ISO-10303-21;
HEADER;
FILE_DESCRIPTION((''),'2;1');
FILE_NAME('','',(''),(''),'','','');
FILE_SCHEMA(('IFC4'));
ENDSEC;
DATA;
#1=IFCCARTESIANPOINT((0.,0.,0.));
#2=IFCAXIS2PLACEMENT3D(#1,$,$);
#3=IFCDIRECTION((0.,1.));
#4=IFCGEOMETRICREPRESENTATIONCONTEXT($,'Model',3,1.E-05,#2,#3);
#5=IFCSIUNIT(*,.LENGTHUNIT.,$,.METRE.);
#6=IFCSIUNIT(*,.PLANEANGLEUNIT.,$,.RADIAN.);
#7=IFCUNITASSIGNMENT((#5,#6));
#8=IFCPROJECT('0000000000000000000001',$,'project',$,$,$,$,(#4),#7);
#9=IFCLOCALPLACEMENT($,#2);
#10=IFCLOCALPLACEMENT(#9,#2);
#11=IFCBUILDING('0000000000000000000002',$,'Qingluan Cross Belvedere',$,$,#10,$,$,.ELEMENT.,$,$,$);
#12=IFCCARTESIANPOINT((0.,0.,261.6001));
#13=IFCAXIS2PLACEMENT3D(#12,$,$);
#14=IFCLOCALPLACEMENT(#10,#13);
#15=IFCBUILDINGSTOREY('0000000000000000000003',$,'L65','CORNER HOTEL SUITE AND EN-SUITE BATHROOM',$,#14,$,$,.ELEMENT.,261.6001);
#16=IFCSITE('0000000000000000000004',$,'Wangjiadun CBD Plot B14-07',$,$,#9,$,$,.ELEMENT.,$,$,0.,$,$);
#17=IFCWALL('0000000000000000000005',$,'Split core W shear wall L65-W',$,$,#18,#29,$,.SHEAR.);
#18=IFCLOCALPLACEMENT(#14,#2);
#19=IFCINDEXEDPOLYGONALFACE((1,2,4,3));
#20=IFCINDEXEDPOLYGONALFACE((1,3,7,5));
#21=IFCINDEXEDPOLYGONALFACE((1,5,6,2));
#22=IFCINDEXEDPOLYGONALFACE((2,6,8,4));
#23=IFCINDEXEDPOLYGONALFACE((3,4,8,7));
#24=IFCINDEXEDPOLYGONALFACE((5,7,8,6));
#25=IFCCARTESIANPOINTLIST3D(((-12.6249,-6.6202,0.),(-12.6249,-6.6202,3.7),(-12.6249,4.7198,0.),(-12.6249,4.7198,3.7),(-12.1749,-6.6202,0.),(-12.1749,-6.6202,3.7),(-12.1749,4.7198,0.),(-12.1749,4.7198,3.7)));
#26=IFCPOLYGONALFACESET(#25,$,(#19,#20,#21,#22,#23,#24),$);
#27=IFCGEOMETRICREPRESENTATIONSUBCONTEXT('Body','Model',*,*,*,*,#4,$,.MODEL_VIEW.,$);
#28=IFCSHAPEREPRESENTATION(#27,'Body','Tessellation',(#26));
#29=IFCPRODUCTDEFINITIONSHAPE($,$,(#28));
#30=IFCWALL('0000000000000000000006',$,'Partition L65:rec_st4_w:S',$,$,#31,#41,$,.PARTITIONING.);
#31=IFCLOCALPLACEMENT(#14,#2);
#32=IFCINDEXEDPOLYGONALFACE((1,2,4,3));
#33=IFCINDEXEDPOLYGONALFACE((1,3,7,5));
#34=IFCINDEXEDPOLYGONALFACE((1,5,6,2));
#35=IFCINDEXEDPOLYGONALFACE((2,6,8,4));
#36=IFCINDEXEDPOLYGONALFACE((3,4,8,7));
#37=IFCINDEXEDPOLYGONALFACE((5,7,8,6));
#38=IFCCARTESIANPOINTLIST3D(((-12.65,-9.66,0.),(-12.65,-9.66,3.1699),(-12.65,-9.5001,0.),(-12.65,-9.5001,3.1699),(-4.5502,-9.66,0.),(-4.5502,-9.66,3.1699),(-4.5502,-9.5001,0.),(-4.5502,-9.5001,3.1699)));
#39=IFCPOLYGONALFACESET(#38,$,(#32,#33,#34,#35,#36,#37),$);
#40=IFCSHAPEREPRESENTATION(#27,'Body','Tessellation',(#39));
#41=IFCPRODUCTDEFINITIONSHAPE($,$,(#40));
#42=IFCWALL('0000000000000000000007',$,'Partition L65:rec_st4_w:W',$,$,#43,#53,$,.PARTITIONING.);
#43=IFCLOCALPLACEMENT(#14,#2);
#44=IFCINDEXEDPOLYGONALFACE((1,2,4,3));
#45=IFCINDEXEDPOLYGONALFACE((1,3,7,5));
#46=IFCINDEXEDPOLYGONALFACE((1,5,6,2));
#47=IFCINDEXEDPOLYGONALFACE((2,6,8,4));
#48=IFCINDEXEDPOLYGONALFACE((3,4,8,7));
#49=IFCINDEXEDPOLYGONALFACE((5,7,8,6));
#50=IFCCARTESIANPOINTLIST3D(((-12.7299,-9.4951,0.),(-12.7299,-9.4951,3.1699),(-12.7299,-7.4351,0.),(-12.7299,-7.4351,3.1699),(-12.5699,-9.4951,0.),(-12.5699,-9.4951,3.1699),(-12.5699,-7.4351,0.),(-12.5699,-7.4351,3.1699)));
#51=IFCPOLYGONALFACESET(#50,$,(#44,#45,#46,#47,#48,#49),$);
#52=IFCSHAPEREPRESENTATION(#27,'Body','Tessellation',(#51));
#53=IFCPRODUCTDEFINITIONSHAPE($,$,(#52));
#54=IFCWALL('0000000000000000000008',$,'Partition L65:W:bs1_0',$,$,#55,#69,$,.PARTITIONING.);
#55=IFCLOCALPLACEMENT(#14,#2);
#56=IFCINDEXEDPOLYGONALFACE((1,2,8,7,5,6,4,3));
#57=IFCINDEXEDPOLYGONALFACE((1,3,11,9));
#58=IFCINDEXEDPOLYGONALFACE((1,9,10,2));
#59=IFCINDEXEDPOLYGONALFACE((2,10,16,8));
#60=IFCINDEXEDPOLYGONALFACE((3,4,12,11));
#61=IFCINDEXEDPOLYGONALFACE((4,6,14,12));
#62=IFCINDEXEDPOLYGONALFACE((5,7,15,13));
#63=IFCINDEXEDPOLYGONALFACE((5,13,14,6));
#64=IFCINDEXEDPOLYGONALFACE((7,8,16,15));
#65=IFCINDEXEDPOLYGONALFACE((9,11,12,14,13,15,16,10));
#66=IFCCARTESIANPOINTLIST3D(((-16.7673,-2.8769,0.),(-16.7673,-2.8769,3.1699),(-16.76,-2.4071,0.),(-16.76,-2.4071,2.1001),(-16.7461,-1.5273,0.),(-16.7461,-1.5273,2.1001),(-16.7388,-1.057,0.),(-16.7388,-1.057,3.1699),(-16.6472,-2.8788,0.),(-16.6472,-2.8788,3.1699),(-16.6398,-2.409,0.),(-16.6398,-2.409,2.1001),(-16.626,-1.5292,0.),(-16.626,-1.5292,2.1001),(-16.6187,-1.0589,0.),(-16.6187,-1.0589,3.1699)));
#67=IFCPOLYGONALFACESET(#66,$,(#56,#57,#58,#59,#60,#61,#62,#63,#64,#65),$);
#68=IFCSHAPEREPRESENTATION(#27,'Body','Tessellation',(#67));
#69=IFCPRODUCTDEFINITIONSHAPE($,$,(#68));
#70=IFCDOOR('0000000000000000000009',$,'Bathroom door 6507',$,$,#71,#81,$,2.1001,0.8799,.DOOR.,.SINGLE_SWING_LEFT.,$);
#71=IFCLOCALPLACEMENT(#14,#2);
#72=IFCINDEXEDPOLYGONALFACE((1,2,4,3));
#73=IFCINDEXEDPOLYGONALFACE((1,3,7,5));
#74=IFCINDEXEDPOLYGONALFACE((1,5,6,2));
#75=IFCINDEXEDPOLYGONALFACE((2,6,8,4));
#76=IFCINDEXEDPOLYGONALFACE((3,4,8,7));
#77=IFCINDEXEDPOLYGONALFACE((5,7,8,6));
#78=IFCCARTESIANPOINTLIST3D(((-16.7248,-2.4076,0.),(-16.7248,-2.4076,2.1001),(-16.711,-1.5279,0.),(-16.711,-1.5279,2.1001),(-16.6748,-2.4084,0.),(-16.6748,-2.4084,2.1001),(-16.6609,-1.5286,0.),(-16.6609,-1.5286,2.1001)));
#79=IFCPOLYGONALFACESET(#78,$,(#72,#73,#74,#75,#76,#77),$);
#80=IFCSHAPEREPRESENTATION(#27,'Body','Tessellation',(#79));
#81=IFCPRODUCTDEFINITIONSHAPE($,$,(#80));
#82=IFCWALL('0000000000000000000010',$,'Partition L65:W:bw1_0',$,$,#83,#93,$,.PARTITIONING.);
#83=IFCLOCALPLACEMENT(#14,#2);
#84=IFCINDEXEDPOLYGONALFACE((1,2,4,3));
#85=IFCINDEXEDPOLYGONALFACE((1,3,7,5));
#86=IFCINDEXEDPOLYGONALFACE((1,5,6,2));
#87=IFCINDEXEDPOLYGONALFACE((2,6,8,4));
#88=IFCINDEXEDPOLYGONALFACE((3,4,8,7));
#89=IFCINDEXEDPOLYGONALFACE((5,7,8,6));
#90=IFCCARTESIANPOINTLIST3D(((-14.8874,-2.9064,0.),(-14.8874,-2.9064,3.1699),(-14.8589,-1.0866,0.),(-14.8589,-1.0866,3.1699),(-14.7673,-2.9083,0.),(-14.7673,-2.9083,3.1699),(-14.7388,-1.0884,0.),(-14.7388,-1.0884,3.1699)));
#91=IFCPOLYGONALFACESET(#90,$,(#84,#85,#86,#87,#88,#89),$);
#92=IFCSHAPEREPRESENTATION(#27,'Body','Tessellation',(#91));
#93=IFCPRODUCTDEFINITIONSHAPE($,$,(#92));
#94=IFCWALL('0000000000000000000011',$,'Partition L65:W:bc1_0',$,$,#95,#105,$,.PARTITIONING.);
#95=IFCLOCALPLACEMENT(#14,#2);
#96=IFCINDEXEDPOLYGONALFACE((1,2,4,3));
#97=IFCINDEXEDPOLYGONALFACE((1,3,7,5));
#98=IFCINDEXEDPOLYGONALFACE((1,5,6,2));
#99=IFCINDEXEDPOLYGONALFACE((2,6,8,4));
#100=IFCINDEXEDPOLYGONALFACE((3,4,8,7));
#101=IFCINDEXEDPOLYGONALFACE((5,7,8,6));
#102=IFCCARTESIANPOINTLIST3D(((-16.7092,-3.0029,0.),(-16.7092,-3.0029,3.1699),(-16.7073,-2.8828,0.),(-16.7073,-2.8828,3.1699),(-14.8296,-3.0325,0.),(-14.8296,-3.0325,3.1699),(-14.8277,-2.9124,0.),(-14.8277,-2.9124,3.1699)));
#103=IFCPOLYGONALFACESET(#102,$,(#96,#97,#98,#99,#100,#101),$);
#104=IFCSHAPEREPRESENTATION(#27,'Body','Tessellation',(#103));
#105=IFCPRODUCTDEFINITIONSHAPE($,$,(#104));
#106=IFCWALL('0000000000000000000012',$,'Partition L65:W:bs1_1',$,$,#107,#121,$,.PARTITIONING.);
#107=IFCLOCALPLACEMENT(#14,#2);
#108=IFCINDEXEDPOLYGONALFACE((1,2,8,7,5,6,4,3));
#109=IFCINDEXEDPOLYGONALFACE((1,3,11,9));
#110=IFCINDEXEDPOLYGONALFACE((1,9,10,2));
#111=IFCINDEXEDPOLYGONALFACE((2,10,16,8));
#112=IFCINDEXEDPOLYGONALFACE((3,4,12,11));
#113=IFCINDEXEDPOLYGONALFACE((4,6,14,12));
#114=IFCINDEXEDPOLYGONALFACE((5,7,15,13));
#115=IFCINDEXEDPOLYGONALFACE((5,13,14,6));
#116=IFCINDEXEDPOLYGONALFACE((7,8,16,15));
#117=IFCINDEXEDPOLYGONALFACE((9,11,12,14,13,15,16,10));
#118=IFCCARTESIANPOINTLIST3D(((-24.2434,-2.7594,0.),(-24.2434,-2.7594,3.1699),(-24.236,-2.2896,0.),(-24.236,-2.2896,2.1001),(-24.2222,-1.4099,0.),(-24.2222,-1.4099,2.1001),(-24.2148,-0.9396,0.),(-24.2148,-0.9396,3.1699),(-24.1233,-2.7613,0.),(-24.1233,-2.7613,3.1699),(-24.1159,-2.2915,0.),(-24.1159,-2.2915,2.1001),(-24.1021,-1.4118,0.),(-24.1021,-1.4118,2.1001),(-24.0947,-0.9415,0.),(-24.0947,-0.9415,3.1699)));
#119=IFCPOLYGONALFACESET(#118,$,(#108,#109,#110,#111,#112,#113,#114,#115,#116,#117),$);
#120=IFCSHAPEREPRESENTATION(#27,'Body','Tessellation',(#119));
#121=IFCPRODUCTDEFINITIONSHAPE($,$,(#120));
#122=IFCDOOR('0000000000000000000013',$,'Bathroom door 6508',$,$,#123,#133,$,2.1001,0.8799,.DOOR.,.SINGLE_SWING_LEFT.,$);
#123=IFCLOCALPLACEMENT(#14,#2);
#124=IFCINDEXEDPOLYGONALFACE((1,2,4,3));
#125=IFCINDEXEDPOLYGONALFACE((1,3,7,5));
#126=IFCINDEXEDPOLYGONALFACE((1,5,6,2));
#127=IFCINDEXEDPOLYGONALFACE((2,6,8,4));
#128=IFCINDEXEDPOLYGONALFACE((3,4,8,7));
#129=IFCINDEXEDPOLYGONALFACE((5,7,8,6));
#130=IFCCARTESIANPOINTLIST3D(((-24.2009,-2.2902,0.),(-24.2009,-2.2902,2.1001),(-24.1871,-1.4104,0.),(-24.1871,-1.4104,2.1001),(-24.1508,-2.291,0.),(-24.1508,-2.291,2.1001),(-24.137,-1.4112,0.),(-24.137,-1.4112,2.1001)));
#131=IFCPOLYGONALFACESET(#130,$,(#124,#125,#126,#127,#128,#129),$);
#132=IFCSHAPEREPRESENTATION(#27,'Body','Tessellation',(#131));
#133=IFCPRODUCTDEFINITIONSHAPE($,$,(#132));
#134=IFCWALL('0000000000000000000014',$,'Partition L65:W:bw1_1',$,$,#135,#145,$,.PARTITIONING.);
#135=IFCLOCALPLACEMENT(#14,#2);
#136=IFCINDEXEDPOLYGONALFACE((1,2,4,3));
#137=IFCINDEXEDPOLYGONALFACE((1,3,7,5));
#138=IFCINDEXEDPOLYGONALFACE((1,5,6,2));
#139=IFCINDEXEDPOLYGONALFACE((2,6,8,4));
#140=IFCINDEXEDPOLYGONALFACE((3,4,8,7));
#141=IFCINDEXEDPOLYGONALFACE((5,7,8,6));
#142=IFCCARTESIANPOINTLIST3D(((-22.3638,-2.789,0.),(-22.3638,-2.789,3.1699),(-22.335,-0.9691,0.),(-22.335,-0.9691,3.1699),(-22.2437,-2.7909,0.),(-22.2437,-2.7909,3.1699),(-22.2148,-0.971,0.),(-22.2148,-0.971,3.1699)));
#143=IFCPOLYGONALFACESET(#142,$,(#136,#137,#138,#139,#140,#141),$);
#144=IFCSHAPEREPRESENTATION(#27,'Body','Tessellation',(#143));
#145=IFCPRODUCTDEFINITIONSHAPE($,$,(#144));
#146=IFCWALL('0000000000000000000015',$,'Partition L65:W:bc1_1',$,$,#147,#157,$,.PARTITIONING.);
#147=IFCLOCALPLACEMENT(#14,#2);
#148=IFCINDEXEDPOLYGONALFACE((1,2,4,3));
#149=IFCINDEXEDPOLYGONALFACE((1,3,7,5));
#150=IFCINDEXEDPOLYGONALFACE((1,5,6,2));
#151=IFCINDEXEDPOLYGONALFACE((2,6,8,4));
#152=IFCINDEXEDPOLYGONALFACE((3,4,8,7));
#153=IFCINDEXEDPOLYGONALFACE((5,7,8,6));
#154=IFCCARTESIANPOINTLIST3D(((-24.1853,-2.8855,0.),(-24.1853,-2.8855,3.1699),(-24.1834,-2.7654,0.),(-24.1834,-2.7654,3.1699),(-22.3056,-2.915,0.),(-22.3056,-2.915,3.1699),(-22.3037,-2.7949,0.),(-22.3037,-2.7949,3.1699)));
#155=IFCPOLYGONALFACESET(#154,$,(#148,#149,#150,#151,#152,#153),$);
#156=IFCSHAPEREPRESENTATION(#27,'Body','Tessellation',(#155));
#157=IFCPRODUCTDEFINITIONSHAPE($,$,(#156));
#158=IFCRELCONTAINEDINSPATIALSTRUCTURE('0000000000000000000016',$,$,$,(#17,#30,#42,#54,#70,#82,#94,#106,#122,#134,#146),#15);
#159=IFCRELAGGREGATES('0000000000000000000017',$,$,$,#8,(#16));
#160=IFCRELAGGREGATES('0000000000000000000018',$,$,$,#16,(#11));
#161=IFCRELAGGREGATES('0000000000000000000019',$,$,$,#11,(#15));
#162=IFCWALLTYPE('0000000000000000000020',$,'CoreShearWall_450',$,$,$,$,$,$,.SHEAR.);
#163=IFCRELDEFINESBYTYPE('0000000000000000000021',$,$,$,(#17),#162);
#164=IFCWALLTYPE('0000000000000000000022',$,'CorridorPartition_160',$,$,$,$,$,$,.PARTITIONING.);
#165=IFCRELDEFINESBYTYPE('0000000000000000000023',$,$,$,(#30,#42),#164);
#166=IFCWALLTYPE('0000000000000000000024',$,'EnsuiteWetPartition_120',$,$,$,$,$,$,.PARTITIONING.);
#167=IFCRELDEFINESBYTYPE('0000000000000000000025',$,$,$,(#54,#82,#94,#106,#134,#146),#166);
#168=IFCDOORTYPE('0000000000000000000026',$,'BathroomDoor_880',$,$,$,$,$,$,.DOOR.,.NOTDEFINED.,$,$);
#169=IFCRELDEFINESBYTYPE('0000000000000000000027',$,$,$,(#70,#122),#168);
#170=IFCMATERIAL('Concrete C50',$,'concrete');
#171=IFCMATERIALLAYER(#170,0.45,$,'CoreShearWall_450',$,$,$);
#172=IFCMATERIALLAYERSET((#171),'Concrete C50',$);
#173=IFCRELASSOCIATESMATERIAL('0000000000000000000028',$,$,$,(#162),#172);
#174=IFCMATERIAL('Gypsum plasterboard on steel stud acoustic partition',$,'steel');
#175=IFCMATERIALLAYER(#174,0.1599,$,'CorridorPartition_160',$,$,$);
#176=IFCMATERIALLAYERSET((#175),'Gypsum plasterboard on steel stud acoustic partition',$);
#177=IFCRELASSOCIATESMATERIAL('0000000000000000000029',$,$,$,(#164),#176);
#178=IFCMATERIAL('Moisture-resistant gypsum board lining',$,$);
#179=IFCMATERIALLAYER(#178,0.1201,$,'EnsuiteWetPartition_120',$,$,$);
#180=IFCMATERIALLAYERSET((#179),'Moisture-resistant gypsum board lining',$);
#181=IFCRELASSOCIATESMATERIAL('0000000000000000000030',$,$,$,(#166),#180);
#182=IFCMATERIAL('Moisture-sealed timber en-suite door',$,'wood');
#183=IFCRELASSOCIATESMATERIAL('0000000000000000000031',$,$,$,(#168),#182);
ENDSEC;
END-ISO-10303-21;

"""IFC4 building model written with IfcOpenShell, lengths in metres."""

from ifc_helpers import new_model, si_unit, direction, frame, frame_2d, origin, place, context, subcontext, project, spatial, rectangle, extrude, material, layer, layer_set, type_object, element, fill, save


model = new_model("IFC4")

# Units and contexts
model_context = context("Model", 3, precision=1e-05, world=origin(), true_north=direction((0.0, 1.0)))
body_context = subcontext(model_context, "Body", "Model", "MODEL_VIEW")
ifc_project = project(units=[si_unit("LENGTHUNIT", "METRE"), si_unit("PLANEANGLEUNIT", "RADIAN")], contexts=[model_context])

# Site, building, storey
site_placement = place(None, origin())
site = spatial("IfcSite", under=ifc_project, at=site_placement, Name="Wangjiadun CBD Plot B14-07", CompositionType="ELEMENT", RefElevation=0.0)
building_placement = place(site_placement, origin())
building = spatial("IfcBuilding", under=site, at=building_placement, Name="Qingluan Cross Belvedere", CompositionType="ELEMENT")
storey_placement = place(building_placement, frame((0.0, 0.0, 261.6001)))
storey = spatial("IfcBuildingStorey", under=building, at=storey_placement, Name="L65", Description="CORNER HOTEL SUITE AND EN-SUITE BATHROOM", CompositionType="ELEMENT", Elevation=261.6001)

# Walls
ifc_material_1 = material(Name="Concrete C50", Category="concrete")
ifc_layer_1 = layer(ifc_material_1, 0.45, Name="CoreShearWall_450")
ifc_layer_set_1 = layer_set([ifc_layer_1], Name="Concrete C50")
wall_type_1 = type_object("IfcWallType", Name="CoreShearWall_450", PredefinedType="SHEAR", material=ifc_layer_set_1)
wall_1_placement = place(storey_placement, frame((-12.3999, -6.6201, 0.0), z_axis=(0.0, 0.0, 1.0), x_axis=(0.0, 1.0, 0.0)))
element("IfcWall", 1, at=wall_1_placement, inside=storey, type_object=wall_type_1, Name="Split core W shear wall L65-W", PredefinedType="SHEAR", context=body_context, shape_type="SweptSolid", body=[
    extrude(rectangle(XDim=11.3401, YDim=0.45, at=frame_2d((5.6699, 0.0))), origin(), (0.0, 0.0, 1.0), 3.7),
])
ifc_material_2 = material(Name="Gypsum plasterboard on steel stud acoustic partition", Category="steel")
ifc_layer_2 = layer(ifc_material_2, 0.1599, Name="CorridorPartition_160")
ifc_layer_set_2 = layer_set([ifc_layer_2], Name="Gypsum plasterboard on steel stud acoustic partition")
wall_type_2 = type_object("IfcWallType", Name="CorridorPartition_160", PredefinedType="PARTITIONING", material=ifc_layer_set_2)
wall_2_placement = place(storey_placement, frame((-12.6499, -9.5801, 0.0), z_axis=(0.0, 0.0, 1.0), x_axis=(1.0, 0.0, 0.0)))
element("IfcWall", 2, at=wall_2_placement, inside=storey, type_object=wall_type_2, Name="Partition L65:rec_st4_w:S", PredefinedType="PARTITIONING", context=body_context, shape_type="SweptSolid", body=[
    extrude(rectangle(XDim=8.0999, YDim=0.1599, at=frame_2d((4.0498, 0.0))), origin(), (0.0, 0.0, 1.0), 3.1699),
])
wall_3_placement = place(storey_placement, frame((-12.6499, -9.4951, 0.0), z_axis=(0.0, 0.0, 1.0), x_axis=(0.0, 1.0, 0.0)))
element("IfcWall", 3, at=wall_3_placement, inside=storey, type_object=wall_type_2, Name="Partition L65:rec_st4_w:W", PredefinedType="PARTITIONING", context=body_context, shape_type="SweptSolid", body=[
    extrude(rectangle(XDim=2.0601, YDim=0.1599, at=frame_2d((1.03, 0.0))), origin(), (0.0, 0.0, 1.0), 3.1699),
])

# Wall, opening, door
ifc_material_3 = material(Name="Moisture-resistant gypsum board lining")
ifc_layer_3 = layer(ifc_material_3, 0.1201, Name="EnsuiteWetPartition_120")
ifc_layer_set_3 = layer_set([ifc_layer_3], Name="Moisture-resistant gypsum board lining")
wall_type_3 = type_object("IfcWallType", Name="EnsuiteWetPartition_120", PredefinedType="PARTITIONING", material=ifc_layer_set_3)
wall_4_placement = place(storey_placement, frame((-16.7073, -2.8779, 0.0), z_axis=(0.0, 0.0, 1.0), x_axis=(0.015694, 0.999877, 0.0)))
wall_4 = element("IfcWall", 4, at=wall_4_placement, inside=storey, type_object=wall_type_3, Name="Partition L65:W:bs1_0", PredefinedType="PARTITIONING", context=body_context, shape_type="SweptSolid", body=[
    extrude(rectangle(XDim=1.8201, YDim=0.1201, at=frame_2d((0.9102, 0.0))), origin(), (0.0, 0.0, 1.0), 3.1699),
])
opening_1_placement = place(wall_4_placement, frame((0.47, 0.0, 0.0)))
opening_1 = element("IfcOpeningElement", 5, at=opening_1_placement, cuts=wall_4, PredefinedType="OPENING", context=body_context, shape_type="SweptSolid", body=[
    extrude(rectangle(XDim=0.8799, YDim=2.1001, at=frame_2d((0.4399, 1.05))), frame((0.0, 0.0701, 0.0), z_axis=(0.0, -1.0, 0.0), x_axis=(1.0, 0.0, 0.0)), (0.0, 0.0, 1.0), 0.1401),
])
ifc_material_4 = material(Name="Moisture-sealed timber en-suite door", Category="wood")
door_type_1 = type_object("IfcDoorType", Name="BathroomDoor_880", OperationType="NOTDEFINED", PredefinedType="DOOR", material=ifc_material_4)
door_1_placement = place(opening_1_placement, origin())
door_1 = element("IfcDoor", 6, at=door_1_placement, inside=storey, type_object=door_type_1, Name="Bathroom door 6507", OperationType="SINGLE_SWING_LEFT", OverallHeight=2.1001, OverallWidth=0.8799, PredefinedType="DOOR", context=body_context, shape_type="SweptSolid", body=[
    extrude(rectangle(XDim=0.8799, YDim=2.1001, at=frame_2d((0.4399, 1.05))), frame((0.0, 0.0249, 0.0), z_axis=(0.0, -1.0, 0.0), x_axis=(1.0, 0.0, 0.0)), (0.0, 0.0, 1.0), 0.05),
])
fill(opening_1, door_1)

# Walls
wall_5_placement = place(storey_placement, frame((-14.8274, -2.9075, 0.0), z_axis=(0.0, 0.0, 1.0), x_axis=(0.015694, 0.999877, 0.0)))
element("IfcWall", 7, at=wall_5_placement, inside=storey, type_object=wall_type_3, Name="Partition L65:W:bw1_0", PredefinedType="PARTITIONING", context=body_context, shape_type="SweptSolid", body=[
    extrude(rectangle(XDim=1.8201, YDim=0.1201, at=frame_2d((0.9102, 0.0))), origin(), (0.0, 0.0, 1.0), 3.1699),
])
wall_6_placement = place(storey_placement, frame((-14.8286, -2.9724, 0.0), z_axis=(0.0, 0.0, 1.0), x_axis=(-0.999877, 0.015714, 0.0)))
element("IfcWall", 8, at=wall_6_placement, inside=storey, type_object=wall_type_3, Name="Partition L65:W:bc1_0", PredefinedType="PARTITIONING", context=body_context, shape_type="SweptSolid", body=[
    extrude(rectangle(XDim=1.8799, YDim=0.1201, at=frame_2d((0.9399, 0.0))), origin(), (0.0, 0.0, 1.0), 3.1699),
])

# Wall, opening, door
wall_7_placement = place(storey_placement, frame((-24.1833, -2.7605, 0.0), z_axis=(0.0, 0.0, 1.0), x_axis=(0.015694, 0.999877, 0.0)))
wall_7 = element("IfcWall", 9, at=wall_7_placement, inside=storey, type_object=wall_type_3, Name="Partition L65:W:bs1_1", PredefinedType="PARTITIONING", context=body_context, shape_type="SweptSolid", body=[
    extrude(rectangle(XDim=1.8201, YDim=0.1201, at=frame_2d((0.9102, 0.0))), origin(), (0.0, 0.0, 1.0), 3.1699),
])
opening_2_placement = place(wall_7_placement, frame((0.47, 0.0, 0.0)))
opening_2 = element("IfcOpeningElement", 10, at=opening_2_placement, cuts=wall_7, PredefinedType="OPENING", context=body_context, shape_type="SweptSolid", body=[
    extrude(rectangle(XDim=0.8799, YDim=2.1001, at=frame_2d((0.4399, 1.05))), frame((0.0, 0.0701, 0.0), z_axis=(0.0, -1.0, 0.0), x_axis=(1.0, 0.0, 0.0)), (0.0, 0.0, 1.0), 0.1401),
])
door_2_placement = place(opening_2_placement, origin())
door_2 = element("IfcDoor", 11, at=door_2_placement, inside=storey, type_object=door_type_1, Name="Bathroom door 6508", OperationType="SINGLE_SWING_LEFT", OverallHeight=2.1001, OverallWidth=0.8799, PredefinedType="DOOR", context=body_context, shape_type="SweptSolid", body=[
    extrude(rectangle(XDim=0.8799, YDim=2.1001, at=frame_2d((0.4399, 1.05))), frame((0.0, 0.0249, 0.0), z_axis=(0.0, -1.0, 0.0), x_axis=(1.0, 0.0, 0.0)), (0.0, 0.0, 1.0), 0.05),
])
fill(opening_2, door_2)

# Walls
wall_8_placement = place(storey_placement, frame((-22.3037, -2.79, 0.0), z_axis=(0.0, 0.0, 1.0), x_axis=(0.015828, 0.999875, 0.0)))
element("IfcWall", 12, at=wall_8_placement, inside=storey, type_object=wall_type_3, Name="Partition L65:W:bw1_1", PredefinedType="PARTITIONING", context=body_context, shape_type="SweptSolid", body=[
    extrude(rectangle(XDim=1.8201, YDim=0.1201, at=frame_2d((0.9102, 0.0))), origin(), (0.0, 0.0, 1.0), 3.1699),
])
wall_9_placement = place(storey_placement, frame((-22.3047, -2.855, 0.0), z_axis=(0.0, 0.0, 1.0), x_axis=(-0.999877, 0.015714, 0.0)))
element("IfcWall", 13, at=wall_9_placement, inside=storey, type_object=wall_type_3, Name="Partition L65:W:bc1_1", PredefinedType="PARTITIONING", context=body_context, shape_type="SweptSolid", body=[
    extrude(rectangle(XDim=1.8799, YDim=0.1201, at=frame_2d((0.9399, 0.0))), origin(), (0.0, 0.0, 1.0), 3.1699),
])

save(model, "model.ifc")
